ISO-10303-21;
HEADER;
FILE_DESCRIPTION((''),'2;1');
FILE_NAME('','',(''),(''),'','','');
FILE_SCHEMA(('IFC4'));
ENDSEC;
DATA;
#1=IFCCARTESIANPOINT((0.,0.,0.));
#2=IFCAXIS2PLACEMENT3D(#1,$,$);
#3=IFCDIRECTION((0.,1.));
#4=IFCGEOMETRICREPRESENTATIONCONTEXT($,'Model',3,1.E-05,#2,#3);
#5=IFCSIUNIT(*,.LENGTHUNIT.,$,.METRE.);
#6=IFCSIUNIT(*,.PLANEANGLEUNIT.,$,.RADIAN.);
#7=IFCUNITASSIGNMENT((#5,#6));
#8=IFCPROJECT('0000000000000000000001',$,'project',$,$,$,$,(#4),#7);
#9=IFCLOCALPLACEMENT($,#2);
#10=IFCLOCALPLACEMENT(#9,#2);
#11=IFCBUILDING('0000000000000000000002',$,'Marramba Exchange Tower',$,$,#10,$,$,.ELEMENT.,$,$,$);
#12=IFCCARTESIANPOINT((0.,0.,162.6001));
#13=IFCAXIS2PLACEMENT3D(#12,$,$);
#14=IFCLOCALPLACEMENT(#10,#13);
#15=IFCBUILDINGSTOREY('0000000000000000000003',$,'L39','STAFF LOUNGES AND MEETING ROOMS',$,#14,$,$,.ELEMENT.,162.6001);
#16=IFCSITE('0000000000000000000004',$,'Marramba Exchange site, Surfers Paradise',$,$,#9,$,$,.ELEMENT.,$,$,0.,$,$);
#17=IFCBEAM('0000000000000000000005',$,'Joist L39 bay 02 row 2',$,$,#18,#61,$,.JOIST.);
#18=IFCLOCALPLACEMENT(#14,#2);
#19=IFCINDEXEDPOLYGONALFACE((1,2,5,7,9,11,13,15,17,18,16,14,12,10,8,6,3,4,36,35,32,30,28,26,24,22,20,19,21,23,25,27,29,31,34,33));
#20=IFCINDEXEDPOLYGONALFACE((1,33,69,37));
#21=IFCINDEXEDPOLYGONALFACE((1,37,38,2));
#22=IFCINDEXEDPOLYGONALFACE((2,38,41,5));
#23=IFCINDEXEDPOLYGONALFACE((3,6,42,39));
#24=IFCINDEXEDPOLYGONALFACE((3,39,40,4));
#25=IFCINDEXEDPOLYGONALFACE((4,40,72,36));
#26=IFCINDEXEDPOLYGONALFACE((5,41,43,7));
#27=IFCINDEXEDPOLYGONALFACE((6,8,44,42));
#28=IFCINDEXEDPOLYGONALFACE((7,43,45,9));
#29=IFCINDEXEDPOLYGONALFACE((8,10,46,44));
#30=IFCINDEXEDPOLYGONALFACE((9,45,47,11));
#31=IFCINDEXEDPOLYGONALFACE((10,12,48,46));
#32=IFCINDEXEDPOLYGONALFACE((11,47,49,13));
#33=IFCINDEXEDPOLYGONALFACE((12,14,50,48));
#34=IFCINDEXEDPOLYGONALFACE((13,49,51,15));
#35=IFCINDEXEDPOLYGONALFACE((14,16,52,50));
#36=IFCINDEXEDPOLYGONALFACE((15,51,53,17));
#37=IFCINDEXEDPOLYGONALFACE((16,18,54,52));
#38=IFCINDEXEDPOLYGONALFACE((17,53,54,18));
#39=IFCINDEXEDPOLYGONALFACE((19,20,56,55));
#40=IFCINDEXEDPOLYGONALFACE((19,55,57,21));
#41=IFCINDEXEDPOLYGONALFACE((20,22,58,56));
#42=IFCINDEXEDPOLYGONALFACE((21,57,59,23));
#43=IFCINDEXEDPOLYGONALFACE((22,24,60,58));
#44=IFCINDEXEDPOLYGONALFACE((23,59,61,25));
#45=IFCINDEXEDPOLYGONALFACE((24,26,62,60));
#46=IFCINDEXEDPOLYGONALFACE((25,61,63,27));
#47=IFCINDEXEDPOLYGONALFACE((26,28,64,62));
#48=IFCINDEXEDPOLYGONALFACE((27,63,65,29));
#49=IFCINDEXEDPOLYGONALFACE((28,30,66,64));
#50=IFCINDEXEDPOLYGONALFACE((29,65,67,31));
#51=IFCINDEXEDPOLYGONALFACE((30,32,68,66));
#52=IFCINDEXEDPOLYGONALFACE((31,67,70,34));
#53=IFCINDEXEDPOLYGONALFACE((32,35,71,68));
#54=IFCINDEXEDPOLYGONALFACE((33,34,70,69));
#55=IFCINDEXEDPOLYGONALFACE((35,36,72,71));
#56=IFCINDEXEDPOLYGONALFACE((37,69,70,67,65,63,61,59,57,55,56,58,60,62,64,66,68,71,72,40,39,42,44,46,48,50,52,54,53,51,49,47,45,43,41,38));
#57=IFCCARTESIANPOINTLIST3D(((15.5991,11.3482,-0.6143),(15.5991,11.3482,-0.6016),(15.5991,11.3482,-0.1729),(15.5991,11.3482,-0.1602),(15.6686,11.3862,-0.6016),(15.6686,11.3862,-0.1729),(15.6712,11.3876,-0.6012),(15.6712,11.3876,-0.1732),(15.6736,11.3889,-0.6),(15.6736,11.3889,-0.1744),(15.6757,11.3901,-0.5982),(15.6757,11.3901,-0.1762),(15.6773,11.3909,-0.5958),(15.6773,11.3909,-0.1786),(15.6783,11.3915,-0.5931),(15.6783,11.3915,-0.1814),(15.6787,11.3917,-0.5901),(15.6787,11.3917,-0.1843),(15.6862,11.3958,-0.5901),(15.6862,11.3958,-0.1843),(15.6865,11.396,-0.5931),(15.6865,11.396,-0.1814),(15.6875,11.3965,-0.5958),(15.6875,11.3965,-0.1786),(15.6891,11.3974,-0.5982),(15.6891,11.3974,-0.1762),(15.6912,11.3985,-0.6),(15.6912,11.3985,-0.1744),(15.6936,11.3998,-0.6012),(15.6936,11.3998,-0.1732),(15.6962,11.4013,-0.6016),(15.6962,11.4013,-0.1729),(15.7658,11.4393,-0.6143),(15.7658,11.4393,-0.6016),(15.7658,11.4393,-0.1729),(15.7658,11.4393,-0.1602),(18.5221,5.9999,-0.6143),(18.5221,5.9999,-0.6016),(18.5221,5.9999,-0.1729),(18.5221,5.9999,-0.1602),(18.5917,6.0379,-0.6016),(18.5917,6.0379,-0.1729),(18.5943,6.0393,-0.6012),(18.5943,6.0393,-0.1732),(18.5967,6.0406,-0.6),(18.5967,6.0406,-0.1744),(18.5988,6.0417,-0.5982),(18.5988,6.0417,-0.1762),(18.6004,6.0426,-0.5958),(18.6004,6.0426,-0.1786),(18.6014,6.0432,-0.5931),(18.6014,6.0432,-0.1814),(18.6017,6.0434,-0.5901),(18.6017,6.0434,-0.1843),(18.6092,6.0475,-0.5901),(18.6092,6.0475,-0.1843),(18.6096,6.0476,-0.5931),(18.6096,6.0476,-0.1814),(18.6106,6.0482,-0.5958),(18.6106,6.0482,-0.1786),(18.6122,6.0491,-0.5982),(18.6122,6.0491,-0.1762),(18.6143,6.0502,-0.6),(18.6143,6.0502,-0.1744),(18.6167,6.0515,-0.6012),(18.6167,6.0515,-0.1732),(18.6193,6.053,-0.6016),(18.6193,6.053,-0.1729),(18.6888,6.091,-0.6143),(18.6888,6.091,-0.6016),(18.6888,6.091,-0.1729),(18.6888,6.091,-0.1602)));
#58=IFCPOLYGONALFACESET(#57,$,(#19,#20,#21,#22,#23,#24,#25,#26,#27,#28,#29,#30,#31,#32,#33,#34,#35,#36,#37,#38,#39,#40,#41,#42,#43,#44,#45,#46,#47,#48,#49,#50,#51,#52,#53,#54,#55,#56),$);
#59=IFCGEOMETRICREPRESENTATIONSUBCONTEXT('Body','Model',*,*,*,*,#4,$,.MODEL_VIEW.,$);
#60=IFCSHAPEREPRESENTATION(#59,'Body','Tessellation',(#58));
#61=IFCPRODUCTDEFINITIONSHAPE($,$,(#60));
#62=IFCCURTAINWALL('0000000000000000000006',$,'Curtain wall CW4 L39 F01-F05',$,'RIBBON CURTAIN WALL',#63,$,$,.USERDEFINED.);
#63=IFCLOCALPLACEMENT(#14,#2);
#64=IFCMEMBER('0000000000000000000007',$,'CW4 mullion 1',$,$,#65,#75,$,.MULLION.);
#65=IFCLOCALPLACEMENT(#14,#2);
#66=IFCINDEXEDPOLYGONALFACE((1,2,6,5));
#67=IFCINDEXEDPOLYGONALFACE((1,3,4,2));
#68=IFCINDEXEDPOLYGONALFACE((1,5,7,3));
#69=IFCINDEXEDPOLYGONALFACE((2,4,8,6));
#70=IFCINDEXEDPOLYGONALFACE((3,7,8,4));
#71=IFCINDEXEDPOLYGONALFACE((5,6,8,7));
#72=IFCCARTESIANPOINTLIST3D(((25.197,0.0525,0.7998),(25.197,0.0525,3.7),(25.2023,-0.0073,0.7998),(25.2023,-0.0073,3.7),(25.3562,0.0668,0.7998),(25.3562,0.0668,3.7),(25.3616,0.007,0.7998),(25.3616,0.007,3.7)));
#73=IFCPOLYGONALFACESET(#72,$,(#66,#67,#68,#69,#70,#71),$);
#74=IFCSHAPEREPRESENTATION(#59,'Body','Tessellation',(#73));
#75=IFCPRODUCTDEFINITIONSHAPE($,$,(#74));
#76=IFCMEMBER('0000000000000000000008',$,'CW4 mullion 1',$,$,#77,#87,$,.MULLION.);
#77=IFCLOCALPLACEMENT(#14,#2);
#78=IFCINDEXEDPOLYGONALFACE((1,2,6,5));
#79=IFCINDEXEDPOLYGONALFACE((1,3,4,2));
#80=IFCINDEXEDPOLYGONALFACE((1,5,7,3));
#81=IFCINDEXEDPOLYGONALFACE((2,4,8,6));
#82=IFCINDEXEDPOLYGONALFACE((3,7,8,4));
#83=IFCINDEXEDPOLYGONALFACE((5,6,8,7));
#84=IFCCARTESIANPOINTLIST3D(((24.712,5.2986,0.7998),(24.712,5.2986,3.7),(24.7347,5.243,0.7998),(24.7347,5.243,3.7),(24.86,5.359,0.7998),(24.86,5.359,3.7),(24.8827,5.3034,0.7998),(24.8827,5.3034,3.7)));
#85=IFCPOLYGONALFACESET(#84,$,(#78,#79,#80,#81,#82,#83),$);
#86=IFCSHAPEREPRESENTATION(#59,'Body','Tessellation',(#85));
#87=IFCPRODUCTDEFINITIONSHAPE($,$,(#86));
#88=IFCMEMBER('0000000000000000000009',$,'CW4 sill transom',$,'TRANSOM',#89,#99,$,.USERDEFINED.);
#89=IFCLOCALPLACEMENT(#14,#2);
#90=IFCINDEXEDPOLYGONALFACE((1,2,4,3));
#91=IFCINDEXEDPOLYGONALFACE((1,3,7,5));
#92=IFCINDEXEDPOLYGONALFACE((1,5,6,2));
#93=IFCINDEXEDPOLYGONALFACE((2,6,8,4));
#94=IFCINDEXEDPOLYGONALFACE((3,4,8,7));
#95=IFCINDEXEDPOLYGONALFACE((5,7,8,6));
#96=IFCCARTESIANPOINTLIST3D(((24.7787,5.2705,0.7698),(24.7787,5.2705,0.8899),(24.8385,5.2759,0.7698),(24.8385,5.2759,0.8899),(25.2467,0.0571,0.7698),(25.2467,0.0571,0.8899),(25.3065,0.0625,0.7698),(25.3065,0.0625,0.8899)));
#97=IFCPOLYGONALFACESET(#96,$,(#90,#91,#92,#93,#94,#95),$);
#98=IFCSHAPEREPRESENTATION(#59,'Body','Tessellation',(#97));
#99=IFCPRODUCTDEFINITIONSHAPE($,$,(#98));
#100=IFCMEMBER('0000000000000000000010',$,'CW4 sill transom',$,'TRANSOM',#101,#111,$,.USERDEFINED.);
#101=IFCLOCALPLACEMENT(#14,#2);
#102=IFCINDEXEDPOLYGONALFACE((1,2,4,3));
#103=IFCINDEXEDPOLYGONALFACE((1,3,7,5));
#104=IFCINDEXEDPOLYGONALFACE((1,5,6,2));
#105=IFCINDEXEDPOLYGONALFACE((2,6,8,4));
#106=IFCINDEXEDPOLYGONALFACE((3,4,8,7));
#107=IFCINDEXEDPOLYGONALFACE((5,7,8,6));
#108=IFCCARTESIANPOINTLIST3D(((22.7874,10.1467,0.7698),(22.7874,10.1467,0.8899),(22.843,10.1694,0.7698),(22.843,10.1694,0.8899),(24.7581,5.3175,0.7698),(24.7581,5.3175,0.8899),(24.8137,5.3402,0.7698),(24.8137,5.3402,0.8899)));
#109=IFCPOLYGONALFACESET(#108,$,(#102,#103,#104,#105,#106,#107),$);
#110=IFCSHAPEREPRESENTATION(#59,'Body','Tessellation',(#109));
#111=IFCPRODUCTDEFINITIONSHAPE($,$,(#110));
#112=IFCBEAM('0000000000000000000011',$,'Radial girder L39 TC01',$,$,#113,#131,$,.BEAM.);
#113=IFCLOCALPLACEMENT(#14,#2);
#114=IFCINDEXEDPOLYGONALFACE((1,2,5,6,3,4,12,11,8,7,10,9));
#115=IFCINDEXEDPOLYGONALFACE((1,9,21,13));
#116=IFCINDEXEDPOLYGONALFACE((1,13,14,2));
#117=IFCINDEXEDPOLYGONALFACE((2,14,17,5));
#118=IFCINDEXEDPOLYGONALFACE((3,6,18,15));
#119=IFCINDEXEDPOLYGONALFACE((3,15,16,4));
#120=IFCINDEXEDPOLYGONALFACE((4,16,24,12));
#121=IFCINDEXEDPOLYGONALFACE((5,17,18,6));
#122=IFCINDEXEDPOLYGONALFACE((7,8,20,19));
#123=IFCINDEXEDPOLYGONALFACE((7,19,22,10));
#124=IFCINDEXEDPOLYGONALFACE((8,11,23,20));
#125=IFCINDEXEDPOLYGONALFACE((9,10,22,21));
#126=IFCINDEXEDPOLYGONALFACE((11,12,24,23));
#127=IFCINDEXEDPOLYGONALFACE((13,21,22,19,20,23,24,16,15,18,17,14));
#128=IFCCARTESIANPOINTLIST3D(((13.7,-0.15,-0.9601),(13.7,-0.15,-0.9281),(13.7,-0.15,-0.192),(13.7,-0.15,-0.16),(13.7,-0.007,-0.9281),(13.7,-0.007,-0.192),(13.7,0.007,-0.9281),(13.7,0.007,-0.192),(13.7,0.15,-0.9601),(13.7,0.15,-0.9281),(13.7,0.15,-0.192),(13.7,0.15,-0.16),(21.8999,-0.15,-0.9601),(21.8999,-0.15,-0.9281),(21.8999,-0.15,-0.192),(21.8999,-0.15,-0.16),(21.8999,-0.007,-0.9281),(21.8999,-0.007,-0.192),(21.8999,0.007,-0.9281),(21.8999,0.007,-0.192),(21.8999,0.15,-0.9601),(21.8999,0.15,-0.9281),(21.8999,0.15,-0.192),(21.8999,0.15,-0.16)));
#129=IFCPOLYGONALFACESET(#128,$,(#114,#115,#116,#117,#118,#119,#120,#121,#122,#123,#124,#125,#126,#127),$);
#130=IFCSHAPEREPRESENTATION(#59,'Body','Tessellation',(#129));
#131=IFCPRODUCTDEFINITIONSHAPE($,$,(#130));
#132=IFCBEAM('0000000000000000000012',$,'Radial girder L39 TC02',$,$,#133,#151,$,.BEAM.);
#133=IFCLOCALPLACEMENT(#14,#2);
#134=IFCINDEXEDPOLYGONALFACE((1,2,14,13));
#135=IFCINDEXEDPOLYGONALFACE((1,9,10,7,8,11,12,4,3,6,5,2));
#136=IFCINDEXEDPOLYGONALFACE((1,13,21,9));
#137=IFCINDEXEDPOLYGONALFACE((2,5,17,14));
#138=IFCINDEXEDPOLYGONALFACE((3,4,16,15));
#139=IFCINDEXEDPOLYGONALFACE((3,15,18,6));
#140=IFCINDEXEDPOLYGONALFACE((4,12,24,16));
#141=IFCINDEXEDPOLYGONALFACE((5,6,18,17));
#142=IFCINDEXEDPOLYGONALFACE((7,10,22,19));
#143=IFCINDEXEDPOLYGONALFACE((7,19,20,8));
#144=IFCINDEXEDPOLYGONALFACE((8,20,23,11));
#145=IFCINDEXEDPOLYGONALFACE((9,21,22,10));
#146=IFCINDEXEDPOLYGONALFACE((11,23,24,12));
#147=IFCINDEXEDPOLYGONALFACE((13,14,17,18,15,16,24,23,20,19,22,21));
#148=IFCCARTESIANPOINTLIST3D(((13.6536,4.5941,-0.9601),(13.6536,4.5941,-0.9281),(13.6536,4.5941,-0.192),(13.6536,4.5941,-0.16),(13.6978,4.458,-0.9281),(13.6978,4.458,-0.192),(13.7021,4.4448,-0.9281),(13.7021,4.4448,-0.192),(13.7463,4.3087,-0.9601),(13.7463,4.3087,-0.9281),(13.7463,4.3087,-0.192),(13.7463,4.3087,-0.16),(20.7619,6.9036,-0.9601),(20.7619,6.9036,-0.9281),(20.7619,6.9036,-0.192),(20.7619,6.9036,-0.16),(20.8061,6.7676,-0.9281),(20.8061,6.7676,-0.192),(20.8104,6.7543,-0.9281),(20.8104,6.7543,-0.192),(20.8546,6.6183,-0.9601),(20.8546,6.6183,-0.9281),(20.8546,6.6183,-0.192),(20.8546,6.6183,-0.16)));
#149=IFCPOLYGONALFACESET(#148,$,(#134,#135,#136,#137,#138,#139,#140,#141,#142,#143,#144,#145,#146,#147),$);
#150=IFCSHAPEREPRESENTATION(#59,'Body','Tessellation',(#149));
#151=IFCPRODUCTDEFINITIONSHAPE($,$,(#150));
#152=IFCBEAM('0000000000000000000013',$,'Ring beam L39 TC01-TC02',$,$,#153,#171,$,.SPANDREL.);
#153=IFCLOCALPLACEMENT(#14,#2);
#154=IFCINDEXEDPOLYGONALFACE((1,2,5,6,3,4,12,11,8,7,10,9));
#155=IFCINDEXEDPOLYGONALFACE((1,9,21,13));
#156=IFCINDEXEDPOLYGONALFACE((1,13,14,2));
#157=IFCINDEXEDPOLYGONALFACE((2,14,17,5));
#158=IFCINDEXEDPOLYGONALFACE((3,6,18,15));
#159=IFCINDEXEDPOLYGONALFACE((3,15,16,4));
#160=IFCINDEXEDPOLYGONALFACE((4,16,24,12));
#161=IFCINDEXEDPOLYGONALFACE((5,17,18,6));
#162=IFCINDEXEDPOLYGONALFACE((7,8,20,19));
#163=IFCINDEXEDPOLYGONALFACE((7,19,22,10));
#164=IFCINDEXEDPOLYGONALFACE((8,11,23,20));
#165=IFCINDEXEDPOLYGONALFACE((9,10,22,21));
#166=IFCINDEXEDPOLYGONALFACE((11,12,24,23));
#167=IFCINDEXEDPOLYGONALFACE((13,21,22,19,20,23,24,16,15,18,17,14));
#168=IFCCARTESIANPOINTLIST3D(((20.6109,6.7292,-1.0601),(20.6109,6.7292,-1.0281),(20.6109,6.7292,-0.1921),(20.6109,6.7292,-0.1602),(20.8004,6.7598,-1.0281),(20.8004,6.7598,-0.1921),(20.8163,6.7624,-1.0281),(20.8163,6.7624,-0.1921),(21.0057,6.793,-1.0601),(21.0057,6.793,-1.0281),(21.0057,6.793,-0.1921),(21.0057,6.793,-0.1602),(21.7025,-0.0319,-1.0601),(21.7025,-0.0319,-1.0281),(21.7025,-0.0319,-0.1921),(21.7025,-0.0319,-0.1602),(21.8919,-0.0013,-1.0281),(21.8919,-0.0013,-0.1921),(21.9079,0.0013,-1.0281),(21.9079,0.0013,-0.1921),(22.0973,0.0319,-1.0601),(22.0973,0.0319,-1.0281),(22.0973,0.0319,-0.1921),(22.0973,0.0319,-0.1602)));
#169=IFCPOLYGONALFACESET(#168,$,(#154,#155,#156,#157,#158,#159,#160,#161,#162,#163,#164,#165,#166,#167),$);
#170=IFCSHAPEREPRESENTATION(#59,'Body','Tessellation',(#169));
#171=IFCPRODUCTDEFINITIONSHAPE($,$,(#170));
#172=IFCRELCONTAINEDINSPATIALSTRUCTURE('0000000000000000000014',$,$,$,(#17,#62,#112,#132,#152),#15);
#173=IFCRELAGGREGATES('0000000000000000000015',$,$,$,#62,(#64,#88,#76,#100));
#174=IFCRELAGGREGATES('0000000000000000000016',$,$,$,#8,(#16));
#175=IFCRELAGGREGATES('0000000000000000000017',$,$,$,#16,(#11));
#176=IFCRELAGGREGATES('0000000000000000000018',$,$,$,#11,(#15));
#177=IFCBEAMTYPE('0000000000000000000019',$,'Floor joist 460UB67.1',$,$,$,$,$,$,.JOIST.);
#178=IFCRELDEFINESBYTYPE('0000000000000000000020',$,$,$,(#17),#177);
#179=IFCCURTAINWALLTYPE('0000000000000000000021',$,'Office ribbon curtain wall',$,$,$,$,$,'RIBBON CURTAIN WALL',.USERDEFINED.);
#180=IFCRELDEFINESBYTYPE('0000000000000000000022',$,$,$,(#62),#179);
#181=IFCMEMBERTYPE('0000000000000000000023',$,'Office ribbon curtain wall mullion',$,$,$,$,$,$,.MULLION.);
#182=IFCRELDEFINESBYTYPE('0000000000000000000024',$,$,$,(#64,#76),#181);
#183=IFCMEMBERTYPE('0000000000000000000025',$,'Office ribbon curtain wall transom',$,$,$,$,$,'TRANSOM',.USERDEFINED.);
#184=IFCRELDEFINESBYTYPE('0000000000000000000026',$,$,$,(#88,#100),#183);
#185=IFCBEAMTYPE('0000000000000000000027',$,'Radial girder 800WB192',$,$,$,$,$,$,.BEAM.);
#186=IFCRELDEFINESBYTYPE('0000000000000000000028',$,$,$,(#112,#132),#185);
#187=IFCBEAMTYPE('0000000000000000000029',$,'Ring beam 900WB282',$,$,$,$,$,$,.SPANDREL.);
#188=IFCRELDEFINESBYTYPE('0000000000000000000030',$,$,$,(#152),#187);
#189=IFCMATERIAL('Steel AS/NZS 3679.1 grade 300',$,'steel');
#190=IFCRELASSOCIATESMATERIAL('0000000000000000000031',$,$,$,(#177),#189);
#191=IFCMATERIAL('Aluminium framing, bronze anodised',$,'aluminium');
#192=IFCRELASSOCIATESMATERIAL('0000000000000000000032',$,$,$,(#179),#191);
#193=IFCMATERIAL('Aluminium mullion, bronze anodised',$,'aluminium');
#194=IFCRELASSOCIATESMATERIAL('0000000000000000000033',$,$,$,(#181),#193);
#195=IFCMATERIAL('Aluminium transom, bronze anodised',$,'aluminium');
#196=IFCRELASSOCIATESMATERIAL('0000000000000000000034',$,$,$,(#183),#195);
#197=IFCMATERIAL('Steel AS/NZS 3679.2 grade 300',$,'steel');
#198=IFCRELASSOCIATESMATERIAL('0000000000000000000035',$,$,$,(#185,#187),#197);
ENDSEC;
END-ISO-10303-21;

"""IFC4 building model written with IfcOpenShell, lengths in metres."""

from ifc_helpers import new_model, si_unit, direction, frame, origin, origin_2d, place, context, subcontext, project, spatial, rectangle, i_section, extrude, material, material_profile, profile_set, type_object, element, aggregate, save


model = new_model("IFC4")

# Units and contexts
model_context = context("Model", 3, precision=1e-05, world=origin(), true_north=direction((0.0, 1.0)))
body_context = subcontext(model_context, "Body", "Model", "MODEL_VIEW")
ifc_project = project(units=[si_unit("LENGTHUNIT", "METRE"), si_unit("PLANEANGLEUNIT", "RADIAN")], contexts=[model_context])

# Site, building, storey
site_placement = place(None, origin())
site = spatial("IfcSite", under=ifc_project, at=site_placement, Name="Marramba Exchange site, Surfers Paradise", CompositionType="ELEMENT", RefElevation=0.0)
building_placement = place(site_placement, origin())
building = spatial("IfcBuilding", under=site, at=building_placement, Name="Marramba Exchange Tower", CompositionType="ELEMENT")
storey_placement = place(building_placement, frame((0.0, 0.0, 162.6001)))
storey = spatial("IfcBuildingStorey", under=building, at=storey_placement, Name="L39", Description="STAFF LOUNGES AND MEETING ROOMS", CompositionType="ELEMENT", Elevation=162.6001)

# Beam
ifc_material_1 = material(Name="Steel AS/NZS 3679.2 grade 300", Category="steel")
ifc_material_2 = material(Name="Steel AS/NZS 3679.1 grade 300", Category="steel")
ifc_material_profile_1 = material_profile(ifc_material_2, i_section(OverallWidth=0.1899, OverallDepth=0.4541, WebThickness=0.0085, FlangeThickness=0.0127, FilletRadius=0.0115, at=origin_2d()), Name="460UB67.1")
ifc_profile_set_1 = profile_set([ifc_material_profile_1], Name="Steel AS/NZS 3679.1 grade 300")
beam_type_1 = type_object("IfcBeamType", Name="Floor joist 460UB67.1", PredefinedType="JOIST", material=ifc_profile_set_1)
beam_1_placement = place(storey_placement, frame((18.6055, 6.0454, -0.3872), z_axis=(-0.479584, 0.877496, 0.0), x_axis=(-0.877496, -0.479584, 0.0)))
element("IfcBeam", 1, at=beam_1_placement, inside=storey, type_object=beam_type_1, Name="Joist L39 bay 02 row 2", PredefinedType="JOIST", context=body_context, shape_type="SweptSolid", body=[
    extrude(i_section(OverallWidth=0.1899, OverallDepth=0.4541, WebThickness=0.0085, FlangeThickness=0.0127, FilletRadius=0.0115, at=origin_2d()), origin(), (0.0, 0.0, 1.0), 6.095),
])

# Curtain wall, members
ifc_material_3 = material(Name="Aluminium framing, bronze anodised", Category="aluminium")
curtain_wall_type = type_object("IfcCurtainWallType", Name="Office ribbon curtain wall", ElementType="RIBBON CURTAIN WALL", PredefinedType="USERDEFINED", material=ifc_material_3)
curtain_wall_placement = place(storey_placement, origin())
curtain_wall = element("IfcCurtainWall", 2, at=curtain_wall_placement, inside=storey, type_object=curtain_wall_type, Name="Curtain wall CW4 L39 F01-F05", ObjectType="RIBBON CURTAIN WALL", PredefinedType="USERDEFINED")
ifc_material_4 = material(Name="Aluminium mullion, bronze anodised", Category="aluminium")
ifc_material_profile_2 = material_profile(ifc_material_4, rectangle(XDim=0.1599, YDim=0.0601, at=origin_2d()), Name="CW4 mullion 60x160")
ifc_profile_set_2 = profile_set([ifc_material_profile_2], Name="Aluminium mullion, bronze anodised")
member_type_1 = type_object("IfcMemberType", Name="Office ribbon curtain wall mullion", PredefinedType="MULLION", material=ifc_profile_set_2)
member_1_placement = place(storey_placement, frame((25.2793, 0.0298, 0.7998), z_axis=(0.0, 0.0, 1.0), x_axis=(-0.995995, -0.089413, 0.0)))
member_1 = element("IfcMember", 3, at=member_1_placement, type_object=member_type_1, Name="CW4 mullion 1", PredefinedType="MULLION", context=body_context, shape_type="SweptSolid", body=[
    extrude(rectangle(XDim=0.1599, YDim=0.0601, at=origin_2d()), origin(), (0.0, 0.0, 1.0), 2.9001),
])
member_2_placement = place(storey_placement, frame((24.7974, 5.301, 0.7998), z_axis=(0.0, 0.0, 1.0), x_axis=(-0.925879, -0.377821, 0.0)))
member_2 = element("IfcMember", 4, at=member_2_placement, type_object=member_type_1, Name="CW4 mullion 1", PredefinedType="MULLION", context=body_context, shape_type="SweptSolid", body=[
    extrude(rectangle(XDim=0.1599, YDim=0.0601, at=origin_2d()), origin(), (0.0, 0.0, 1.0), 2.9001),
])
ifc_material_5 = material(Name="Aluminium transom, bronze anodised", Category="aluminium")
ifc_material_profile_3 = material_profile(ifc_material_5, rectangle(XDim=0.0601, YDim=0.1201, at=origin_2d()), Name="CW4 transom 60x120")
ifc_profile_set_3 = profile_set([ifc_material_profile_3], Name="Aluminium transom, bronze anodised")
member_type_2 = type_object("IfcMemberType", Name="Office ribbon curtain wall transom", ElementType="TRANSOM", PredefinedType="USERDEFINED", material=ifc_profile_set_3)
member_3_placement = place(storey_placement, frame((25.2766, 0.0598, 0.8298), z_axis=(-0.089413, 0.995995, 0.0), x_axis=(-0.995995, -0.089413, 0.0)))
member_3 = element("IfcMember", 5, at=member_3_placement, type_object=member_type_2, Name="CW4 sill transom", ObjectType="TRANSOM", PredefinedType="USERDEFINED", context=body_context, shape_type="SweptSolid", body=[
    extrude(rectangle(XDim=0.0601, YDim=0.1201, at=origin_2d()), origin(), (0.0, 0.0, 1.0), 5.2344),
])
member_4_placement = place(storey_placement, frame((24.7859, 5.3289, 0.8298), z_axis=(-0.377838, 0.925872, 0.0), x_axis=(-0.925872, -0.377838, 0.0)))
member_4 = element("IfcMember", 6, at=member_4_placement, type_object=member_type_2, Name="CW4 sill transom", ObjectType="TRANSOM", PredefinedType="USERDEFINED", context=body_context, shape_type="SweptSolid", body=[
    extrude(rectangle(XDim=0.0601, YDim=0.1201, at=origin_2d()), origin(), (0.0, 0.0, 1.0), 5.2158),
])

# Beams
ifc_material_profile_4 = material_profile(ifc_material_1, i_section(OverallWidth=0.3, OverallDepth=0.8, WebThickness=0.0139, FlangeThickness=0.032, at=origin_2d()), Name="800WB192")
ifc_profile_set_4 = profile_set([ifc_material_profile_4], Name="Steel AS/NZS 3679.2 grade 300")
beam_type_2 = type_object("IfcBeamType", Name="Radial girder 800WB192", PredefinedType="BEAM", material=ifc_profile_set_4)
beam_2_placement = place(storey_placement, frame((13.7, 0.0, -0.5601), z_axis=(1.0, 0.0, 0.0), x_axis=(0.0, 1.0, 0.0)))
element("IfcBeam", 7, at=beam_2_placement, inside=storey, type_object=beam_type_2, Name="Radial girder L39 TC01", PredefinedType="BEAM", context=body_context, shape_type="SweptSolid", body=[
    extrude(i_section(OverallWidth=0.3, OverallDepth=0.8, WebThickness=0.0139, FlangeThickness=0.032, at=origin_2d()), origin(), (0.0, 0.0, 1.0), 8.2),
])
beam_3_placement = place(storey_placement, frame((13.7, 4.4514, -0.5601), z_axis=(0.95106, 0.309006, 0.0), x_axis=(-0.309006, 0.95106, 0.0)))
element("IfcBeam", 8, at=beam_3_placement, inside=storey, type_object=beam_type_2, Name="Radial girder L39 TC02", PredefinedType="BEAM", context=body_context, shape_type="SweptSolid", body=[
    extrude(i_section(OverallWidth=0.3, OverallDepth=0.8, WebThickness=0.0139, FlangeThickness=0.032, at=origin_2d()), origin(), (0.0, 0.0, 1.0), 7.4741),
])
ifc_material_profile_5 = material_profile(ifc_material_1, i_section(OverallWidth=0.3999, OverallDepth=0.8999, WebThickness=0.0161, FlangeThickness=0.032, at=origin_2d()), Name="900WB282")
ifc_profile_set_5 = profile_set([ifc_material_profile_5], Name="Steel AS/NZS 3679.2 grade 300")
beam_type_3 = type_object("IfcBeamType", Name="Ring beam 900WB282", PredefinedType="SPANDREL", material=ifc_profile_set_5)
beam_4_placement = place(storey_placement, frame((21.8999, 0.0, -0.6101), z_axis=(-0.159385, 0.987217, 0.0), x_axis=(-0.987217, -0.159385, 0.0)))
element("IfcBeam", 9, at=beam_4_placement, inside=storey, type_object=beam_type_3, Name="Ring beam L39 TC01-TC02", PredefinedType="SPANDREL", context=body_context, shape_type="SweptSolid", body=[
    extrude(i_section(OverallWidth=0.3999, OverallDepth=0.8999, WebThickness=0.0161, FlangeThickness=0.032, at=origin_2d()), origin(), (0.0, 0.0, 1.0), 6.8486),
])

aggregate(curtain_wall, [member_1, member_3, member_2, member_4])

save(model, "model.ifc")
